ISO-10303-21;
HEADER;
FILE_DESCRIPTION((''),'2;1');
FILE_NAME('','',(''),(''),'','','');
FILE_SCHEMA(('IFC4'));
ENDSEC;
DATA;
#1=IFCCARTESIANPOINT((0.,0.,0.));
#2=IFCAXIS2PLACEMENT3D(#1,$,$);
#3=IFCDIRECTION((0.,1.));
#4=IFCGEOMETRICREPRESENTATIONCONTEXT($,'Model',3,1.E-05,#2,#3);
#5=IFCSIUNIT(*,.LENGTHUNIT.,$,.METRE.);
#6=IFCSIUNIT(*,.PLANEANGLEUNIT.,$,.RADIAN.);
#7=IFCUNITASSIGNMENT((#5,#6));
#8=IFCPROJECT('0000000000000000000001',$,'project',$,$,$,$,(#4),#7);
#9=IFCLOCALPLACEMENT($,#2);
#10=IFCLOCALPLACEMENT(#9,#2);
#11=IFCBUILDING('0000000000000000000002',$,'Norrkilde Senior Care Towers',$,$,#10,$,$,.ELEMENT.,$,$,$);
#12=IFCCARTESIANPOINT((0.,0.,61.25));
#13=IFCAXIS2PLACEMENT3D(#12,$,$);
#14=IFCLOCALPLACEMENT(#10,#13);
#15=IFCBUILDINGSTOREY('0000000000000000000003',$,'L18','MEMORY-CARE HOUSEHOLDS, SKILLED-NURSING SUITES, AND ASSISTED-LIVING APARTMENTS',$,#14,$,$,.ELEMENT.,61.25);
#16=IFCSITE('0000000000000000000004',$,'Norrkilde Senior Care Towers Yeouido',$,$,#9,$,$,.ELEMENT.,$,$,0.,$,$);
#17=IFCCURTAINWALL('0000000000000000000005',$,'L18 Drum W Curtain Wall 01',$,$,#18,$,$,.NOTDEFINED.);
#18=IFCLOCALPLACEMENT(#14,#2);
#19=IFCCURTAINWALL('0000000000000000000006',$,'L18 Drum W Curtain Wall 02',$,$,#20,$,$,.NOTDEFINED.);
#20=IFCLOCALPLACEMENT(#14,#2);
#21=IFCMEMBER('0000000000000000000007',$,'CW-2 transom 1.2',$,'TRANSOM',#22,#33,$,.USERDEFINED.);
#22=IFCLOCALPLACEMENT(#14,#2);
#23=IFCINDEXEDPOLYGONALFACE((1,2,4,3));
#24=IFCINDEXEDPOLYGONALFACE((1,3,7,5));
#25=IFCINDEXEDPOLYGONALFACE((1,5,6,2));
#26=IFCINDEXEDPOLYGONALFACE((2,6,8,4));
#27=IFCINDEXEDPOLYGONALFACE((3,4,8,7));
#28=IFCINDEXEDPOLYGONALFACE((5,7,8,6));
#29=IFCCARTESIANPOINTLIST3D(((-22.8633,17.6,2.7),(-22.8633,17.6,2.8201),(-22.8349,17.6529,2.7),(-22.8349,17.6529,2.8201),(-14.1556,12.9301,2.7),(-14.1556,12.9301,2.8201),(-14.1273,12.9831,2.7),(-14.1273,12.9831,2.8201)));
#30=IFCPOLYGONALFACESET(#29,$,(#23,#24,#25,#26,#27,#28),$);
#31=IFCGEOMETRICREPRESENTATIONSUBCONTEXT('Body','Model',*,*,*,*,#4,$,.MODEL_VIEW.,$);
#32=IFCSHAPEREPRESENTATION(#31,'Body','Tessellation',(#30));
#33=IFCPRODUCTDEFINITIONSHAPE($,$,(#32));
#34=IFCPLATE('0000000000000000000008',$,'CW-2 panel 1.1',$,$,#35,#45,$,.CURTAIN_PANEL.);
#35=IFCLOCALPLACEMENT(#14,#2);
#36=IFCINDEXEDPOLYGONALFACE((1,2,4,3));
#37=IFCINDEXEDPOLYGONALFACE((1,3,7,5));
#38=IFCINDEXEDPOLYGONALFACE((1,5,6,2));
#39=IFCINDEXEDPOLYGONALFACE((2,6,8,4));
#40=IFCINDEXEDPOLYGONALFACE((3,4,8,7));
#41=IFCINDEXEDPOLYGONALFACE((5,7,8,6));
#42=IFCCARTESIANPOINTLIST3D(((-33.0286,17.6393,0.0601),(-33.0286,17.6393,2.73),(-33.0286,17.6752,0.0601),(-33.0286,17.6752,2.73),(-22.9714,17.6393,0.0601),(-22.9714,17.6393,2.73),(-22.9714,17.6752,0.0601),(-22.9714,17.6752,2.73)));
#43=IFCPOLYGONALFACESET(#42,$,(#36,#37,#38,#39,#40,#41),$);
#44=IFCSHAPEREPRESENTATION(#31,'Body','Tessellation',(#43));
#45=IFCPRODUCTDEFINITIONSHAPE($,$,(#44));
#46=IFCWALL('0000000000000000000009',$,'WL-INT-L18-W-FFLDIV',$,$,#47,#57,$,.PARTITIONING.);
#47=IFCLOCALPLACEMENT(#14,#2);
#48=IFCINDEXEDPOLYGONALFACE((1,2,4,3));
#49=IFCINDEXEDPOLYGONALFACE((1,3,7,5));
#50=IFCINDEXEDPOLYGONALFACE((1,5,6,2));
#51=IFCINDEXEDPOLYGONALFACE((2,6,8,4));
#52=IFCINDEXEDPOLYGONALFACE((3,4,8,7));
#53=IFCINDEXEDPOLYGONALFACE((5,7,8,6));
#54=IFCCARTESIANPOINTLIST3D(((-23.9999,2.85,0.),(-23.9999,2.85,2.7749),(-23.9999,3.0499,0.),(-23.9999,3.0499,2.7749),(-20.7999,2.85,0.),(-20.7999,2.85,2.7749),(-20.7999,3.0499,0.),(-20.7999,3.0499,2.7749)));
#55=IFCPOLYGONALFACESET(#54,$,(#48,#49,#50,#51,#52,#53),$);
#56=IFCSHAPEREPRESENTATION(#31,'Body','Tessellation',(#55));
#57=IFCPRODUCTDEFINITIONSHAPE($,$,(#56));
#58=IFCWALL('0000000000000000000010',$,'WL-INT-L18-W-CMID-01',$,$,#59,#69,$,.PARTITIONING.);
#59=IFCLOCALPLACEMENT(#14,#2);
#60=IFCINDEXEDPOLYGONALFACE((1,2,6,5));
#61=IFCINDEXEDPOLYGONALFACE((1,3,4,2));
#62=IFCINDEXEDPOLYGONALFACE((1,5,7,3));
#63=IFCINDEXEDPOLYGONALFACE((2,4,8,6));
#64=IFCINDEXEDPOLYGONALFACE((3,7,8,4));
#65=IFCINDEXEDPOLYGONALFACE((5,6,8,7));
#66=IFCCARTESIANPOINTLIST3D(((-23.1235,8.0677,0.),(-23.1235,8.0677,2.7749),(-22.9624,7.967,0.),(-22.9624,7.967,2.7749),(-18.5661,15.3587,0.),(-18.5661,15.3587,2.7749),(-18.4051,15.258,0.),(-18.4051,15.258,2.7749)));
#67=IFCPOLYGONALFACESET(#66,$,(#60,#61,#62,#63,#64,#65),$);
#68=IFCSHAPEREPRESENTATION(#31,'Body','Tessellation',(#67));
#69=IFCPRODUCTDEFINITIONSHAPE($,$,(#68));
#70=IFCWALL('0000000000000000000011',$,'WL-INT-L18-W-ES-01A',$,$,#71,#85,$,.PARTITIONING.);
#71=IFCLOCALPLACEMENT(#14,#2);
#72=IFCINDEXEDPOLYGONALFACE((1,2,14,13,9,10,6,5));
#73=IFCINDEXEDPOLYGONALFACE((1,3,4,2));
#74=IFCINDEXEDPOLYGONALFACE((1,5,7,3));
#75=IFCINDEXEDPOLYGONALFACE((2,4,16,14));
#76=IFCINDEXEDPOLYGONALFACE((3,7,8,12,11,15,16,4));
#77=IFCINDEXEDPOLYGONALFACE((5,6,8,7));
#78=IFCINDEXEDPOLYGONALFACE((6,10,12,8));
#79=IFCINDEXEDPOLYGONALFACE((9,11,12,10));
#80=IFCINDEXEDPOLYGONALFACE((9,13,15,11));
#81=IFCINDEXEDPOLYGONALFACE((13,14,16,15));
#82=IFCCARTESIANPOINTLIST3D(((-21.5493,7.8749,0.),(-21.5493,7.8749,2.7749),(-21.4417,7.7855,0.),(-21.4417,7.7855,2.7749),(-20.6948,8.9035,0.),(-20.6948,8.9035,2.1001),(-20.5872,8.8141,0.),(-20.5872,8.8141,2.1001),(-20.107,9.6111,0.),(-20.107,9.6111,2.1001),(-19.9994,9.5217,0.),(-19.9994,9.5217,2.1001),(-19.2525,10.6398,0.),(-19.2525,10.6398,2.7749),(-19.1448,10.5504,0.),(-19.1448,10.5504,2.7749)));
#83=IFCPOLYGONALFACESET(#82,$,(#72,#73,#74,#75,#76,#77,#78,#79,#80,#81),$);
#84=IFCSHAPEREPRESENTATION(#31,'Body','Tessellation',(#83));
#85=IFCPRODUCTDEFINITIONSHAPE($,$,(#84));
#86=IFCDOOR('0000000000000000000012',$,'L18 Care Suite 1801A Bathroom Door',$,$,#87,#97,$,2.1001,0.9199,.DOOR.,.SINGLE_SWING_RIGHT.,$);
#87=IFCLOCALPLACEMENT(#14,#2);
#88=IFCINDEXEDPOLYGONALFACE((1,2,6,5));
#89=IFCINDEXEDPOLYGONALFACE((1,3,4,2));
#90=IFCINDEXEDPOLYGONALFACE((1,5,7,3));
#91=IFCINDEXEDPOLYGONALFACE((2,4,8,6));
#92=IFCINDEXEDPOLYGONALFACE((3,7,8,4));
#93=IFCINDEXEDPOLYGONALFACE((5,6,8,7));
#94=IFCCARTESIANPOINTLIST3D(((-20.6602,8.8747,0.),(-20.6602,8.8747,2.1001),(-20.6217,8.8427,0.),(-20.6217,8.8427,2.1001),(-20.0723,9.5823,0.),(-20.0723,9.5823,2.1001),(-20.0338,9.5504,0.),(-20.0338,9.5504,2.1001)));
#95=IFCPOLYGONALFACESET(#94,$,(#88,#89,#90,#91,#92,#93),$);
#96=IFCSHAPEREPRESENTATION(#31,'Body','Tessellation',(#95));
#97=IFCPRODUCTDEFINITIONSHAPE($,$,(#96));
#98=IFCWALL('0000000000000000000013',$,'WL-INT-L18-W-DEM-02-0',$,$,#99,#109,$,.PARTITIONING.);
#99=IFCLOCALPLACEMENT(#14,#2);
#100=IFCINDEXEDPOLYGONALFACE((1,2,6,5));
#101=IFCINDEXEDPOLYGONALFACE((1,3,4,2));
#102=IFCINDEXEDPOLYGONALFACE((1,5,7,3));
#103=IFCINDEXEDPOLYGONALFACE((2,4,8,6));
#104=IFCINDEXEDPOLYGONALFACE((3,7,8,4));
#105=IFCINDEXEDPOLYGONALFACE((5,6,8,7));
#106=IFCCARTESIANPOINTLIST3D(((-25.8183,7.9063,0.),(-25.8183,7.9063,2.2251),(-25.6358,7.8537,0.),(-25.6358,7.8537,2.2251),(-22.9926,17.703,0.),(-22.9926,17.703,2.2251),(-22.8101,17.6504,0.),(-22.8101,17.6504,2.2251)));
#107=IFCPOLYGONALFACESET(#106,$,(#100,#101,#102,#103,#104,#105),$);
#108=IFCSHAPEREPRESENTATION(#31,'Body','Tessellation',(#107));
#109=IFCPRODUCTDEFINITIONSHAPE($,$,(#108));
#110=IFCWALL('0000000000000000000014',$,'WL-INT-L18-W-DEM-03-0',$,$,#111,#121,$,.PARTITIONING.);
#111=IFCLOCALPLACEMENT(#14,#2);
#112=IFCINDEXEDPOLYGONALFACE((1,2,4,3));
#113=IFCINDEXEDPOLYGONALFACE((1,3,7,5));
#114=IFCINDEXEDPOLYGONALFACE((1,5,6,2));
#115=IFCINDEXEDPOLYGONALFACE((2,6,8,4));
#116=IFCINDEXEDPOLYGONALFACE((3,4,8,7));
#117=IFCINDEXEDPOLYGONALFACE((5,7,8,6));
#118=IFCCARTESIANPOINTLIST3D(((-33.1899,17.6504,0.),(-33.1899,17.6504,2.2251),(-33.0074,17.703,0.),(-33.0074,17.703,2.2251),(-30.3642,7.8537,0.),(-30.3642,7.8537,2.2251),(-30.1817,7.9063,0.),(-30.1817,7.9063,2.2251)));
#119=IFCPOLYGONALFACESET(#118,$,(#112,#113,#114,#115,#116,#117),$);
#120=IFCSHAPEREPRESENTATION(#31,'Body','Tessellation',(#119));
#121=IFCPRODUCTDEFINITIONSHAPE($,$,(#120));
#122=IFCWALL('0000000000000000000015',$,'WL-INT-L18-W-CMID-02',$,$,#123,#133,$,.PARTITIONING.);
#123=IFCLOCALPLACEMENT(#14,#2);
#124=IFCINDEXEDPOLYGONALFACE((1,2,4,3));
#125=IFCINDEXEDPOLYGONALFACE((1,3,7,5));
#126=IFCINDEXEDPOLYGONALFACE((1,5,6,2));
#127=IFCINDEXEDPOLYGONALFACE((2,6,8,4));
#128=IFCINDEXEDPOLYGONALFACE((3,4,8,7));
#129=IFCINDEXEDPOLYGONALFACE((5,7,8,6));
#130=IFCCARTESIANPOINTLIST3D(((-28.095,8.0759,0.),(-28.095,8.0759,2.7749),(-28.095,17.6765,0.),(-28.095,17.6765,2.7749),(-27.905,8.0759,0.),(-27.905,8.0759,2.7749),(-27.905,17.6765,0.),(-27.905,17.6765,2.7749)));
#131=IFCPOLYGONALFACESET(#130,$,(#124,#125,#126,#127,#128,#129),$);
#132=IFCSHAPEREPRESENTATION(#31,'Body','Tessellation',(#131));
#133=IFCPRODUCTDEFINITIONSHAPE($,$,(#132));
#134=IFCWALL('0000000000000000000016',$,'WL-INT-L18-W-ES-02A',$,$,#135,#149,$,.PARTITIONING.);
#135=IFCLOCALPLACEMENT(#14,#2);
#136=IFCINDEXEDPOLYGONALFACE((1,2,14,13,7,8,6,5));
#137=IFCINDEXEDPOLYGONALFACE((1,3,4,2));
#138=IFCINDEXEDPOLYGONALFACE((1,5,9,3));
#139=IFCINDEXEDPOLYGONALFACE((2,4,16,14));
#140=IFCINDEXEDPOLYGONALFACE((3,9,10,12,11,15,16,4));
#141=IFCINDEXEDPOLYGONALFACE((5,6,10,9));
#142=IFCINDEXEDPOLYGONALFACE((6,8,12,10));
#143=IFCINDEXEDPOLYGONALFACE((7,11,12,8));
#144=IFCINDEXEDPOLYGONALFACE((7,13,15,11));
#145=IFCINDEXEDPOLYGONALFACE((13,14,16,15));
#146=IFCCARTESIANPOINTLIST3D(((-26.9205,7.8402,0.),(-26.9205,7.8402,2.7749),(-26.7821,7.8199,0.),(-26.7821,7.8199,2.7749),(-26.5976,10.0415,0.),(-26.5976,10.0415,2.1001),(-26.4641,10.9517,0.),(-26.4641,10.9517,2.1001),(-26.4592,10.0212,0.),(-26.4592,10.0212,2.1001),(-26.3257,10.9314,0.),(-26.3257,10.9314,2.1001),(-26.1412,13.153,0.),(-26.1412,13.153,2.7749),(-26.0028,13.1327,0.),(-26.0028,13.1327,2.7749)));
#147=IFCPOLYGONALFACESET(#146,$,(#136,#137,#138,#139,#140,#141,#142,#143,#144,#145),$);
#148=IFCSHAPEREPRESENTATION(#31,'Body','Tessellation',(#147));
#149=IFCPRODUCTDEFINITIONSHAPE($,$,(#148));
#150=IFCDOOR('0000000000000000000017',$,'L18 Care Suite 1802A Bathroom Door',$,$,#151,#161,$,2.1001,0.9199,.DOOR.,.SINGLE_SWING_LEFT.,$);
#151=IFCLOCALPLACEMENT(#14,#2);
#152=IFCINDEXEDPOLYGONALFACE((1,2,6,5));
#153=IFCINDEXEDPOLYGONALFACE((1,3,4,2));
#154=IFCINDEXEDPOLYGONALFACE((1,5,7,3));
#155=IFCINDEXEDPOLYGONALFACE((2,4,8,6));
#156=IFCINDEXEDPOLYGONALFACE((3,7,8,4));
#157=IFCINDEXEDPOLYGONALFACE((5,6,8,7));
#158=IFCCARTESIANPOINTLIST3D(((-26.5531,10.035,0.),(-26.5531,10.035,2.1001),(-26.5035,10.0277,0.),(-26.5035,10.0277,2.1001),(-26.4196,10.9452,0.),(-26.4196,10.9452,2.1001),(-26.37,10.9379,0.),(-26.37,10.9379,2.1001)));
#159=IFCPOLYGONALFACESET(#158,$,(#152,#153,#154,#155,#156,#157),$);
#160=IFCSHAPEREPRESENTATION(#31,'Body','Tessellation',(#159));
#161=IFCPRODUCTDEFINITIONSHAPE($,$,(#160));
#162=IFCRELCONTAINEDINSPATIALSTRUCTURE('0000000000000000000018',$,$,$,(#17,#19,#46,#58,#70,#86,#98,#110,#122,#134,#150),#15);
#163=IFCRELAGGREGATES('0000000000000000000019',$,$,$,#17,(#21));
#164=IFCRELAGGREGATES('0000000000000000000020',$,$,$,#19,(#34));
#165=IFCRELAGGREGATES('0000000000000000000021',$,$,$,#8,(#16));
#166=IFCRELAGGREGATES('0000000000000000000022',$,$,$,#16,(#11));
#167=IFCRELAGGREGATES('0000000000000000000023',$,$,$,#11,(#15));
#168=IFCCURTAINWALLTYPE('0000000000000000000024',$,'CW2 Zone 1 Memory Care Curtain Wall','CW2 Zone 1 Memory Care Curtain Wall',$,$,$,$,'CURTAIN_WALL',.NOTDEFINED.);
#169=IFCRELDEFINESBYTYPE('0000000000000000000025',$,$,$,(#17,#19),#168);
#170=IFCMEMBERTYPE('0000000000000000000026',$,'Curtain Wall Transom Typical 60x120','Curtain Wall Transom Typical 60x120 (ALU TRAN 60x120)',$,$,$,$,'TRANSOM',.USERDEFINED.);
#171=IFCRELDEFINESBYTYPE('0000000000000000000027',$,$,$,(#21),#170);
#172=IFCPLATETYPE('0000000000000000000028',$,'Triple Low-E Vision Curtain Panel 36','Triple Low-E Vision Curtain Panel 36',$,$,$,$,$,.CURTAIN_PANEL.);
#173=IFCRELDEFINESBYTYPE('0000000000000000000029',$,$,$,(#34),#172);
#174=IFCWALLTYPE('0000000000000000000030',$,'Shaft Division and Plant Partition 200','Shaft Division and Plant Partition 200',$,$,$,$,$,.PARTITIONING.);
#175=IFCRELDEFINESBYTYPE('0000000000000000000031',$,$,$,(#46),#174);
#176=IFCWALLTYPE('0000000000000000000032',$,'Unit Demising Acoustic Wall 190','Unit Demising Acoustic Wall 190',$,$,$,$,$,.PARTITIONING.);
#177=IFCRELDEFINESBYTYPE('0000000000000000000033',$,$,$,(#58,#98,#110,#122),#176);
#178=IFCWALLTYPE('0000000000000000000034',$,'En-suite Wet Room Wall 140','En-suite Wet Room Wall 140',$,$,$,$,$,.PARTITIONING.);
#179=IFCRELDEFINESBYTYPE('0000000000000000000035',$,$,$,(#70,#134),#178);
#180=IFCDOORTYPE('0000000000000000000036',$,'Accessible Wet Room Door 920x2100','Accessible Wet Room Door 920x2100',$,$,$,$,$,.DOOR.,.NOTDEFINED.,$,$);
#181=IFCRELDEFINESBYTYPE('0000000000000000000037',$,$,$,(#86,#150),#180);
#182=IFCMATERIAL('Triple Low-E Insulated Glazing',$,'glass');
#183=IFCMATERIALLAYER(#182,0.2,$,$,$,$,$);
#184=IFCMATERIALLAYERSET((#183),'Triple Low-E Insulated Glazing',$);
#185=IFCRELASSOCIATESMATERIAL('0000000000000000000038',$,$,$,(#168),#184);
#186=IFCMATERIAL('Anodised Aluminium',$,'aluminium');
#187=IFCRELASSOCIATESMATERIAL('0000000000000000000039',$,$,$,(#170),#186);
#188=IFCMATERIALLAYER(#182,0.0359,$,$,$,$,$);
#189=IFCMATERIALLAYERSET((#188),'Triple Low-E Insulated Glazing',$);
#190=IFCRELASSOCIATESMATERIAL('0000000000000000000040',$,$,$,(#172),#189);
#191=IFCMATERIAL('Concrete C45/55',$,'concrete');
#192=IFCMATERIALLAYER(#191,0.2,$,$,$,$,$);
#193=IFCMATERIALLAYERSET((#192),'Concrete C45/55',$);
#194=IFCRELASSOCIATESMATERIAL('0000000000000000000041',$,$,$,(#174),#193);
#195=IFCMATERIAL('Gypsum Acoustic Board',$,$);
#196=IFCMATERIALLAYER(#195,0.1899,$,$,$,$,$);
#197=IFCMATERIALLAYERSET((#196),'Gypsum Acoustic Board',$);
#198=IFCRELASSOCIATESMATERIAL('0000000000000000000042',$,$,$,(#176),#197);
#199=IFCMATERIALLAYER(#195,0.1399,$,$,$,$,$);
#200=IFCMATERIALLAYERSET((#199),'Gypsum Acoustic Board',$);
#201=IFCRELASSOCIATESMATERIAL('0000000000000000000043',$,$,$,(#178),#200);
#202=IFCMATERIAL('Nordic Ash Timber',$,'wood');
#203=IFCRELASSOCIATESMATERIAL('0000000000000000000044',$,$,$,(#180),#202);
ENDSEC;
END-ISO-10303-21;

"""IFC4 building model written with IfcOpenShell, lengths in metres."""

from ifc_helpers import new_model, si_unit, direction, frame, frame_2d, origin, origin_2d, place, context, subcontext, project, spatial, rectangle, extrude, source, transform, mapped, material, layer, layer_set, material_profile, profile_set, type_object, type_shapes, element, fill, aggregate, save


model = new_model("IFC4")

# Units and contexts
model_context = context("Model", 3, precision=1e-05, world=origin(), true_north=direction((0.0, 1.0)))
body_context = subcontext(model_context, "Body", "Model", "MODEL_VIEW")
ifc_project = project(units=[si_unit("LENGTHUNIT", "METRE"), si_unit("PLANEANGLEUNIT", "RADIAN")], contexts=[model_context])

# Site, building, storey
site_placement = place(None, origin())
site = spatial("IfcSite", under=ifc_project, at=site_placement, Name="Norrkilde Senior Care Towers Yeouido", CompositionType="ELEMENT", RefElevation=0.0)
building_placement = place(site_placement, origin())
building = spatial("IfcBuilding", under=site, at=building_placement, Name="Norrkilde Senior Care Towers", CompositionType="ELEMENT")
storey_placement = place(building_placement, frame((0.0, 0.0, 61.25)))
storey = spatial("IfcBuildingStorey", under=building, at=storey_placement, Name="L18", Description="MEMORY-CARE HOUSEHOLDS, SKILLED-NURSING SUITES, AND ASSISTED-LIVING APARTMENTS", CompositionType="ELEMENT", Elevation=61.25)

# Curtain walls
ifc_material_1 = material(Name="Triple Low-E Insulated Glazing", Category="glass")
ifc_layer_1 = layer(ifc_material_1, 0.2)
ifc_layer_set_1 = layer_set([ifc_layer_1], Name="Triple Low-E Insulated Glazing")
curtain_wall_type = type_object("IfcCurtainWallType", Name="CW2 Zone 1 Memory Care Curtain Wall", Description="CW2 Zone 1 Memory Care Curtain Wall", ElementType="CURTAIN_WALL", PredefinedType="NOTDEFINED", material=ifc_layer_set_1)
curtain_wall_1_placement = place(storey_placement, origin())
curtain_wall_1 = element("IfcCurtainWall", 1, at=curtain_wall_1_placement, inside=storey, type_object=curtain_wall_type, Name="L18 Drum W Curtain Wall 01", PredefinedType="NOTDEFINED")
ifc_material_2 = material(Name="Anodised Aluminium", Category="aluminium")
curtain_wall_2_placement = place(storey_placement, origin())
curtain_wall_2 = element("IfcCurtainWall", 2, at=curtain_wall_2_placement, inside=storey, type_object=curtain_wall_type, Name="L18 Drum W Curtain Wall 02", PredefinedType="NOTDEFINED")

# Member
ifc_material_profile_1 = material_profile(ifc_material_2, rectangle(XDim=0.0601, YDim=0.1201, at=origin_2d()), Name="ALU TRAN 60x120")
ifc_profile_set_1 = profile_set([ifc_material_profile_1], Name="Anodised Aluminium")
member_type_1 = type_object("IfcMemberType", Name="Curtain Wall Transom Typical 60x120", Description="Curtain Wall Transom Typical 60x120 (ALU TRAN 60x120)", ElementType="TRANSOM", PredefinedType="USERDEFINED", material=ifc_profile_set_1)
shared_shape_1 = source(origin(), body_context, "Body", "SweptSolid", [
    extrude(rectangle(XDim=0.0601, YDim=0.1201, at=origin_2d()), origin(), (0.0, 0.0, 1.0), 9.8809),
])
type_shapes(member_type_1, [shared_shape_1])
member_1_placement = place(storey_placement, frame((-22.8491, 17.6265, 2.76), z_axis=(0.881267, -0.472618, 0.0), x_axis=(0.472618, 0.881267, 0.0)))
member_1 = element("IfcMember", 3, at=member_1_placement, type_object=member_type_1, Name="CW-2 transom 1.2", ObjectType="TRANSOM", PredefinedType="USERDEFINED", context=body_context, shape_type="MappedRepresentation", body=[
    mapped(shared_shape_1, transform((0.0, 0.0, 0.0), x_axis=(1.0, 0.0, 0.0), y_axis=(0.0, 1.0, 0.0), z_axis=(0.0, 0.0, 1.0), scale=1.0)),
])
aggregate(curtain_wall_1, [member_1])

# Plate
ifc_layer_2 = layer(ifc_material_1, 0.0359)
ifc_layer_set_2 = layer_set([ifc_layer_2], Name="Triple Low-E Insulated Glazing")
plate_type = type_object("IfcPlateType", Name="Triple Low-E Vision Curtain Panel 36", Description="Triple Low-E Vision Curtain Panel 36", PredefinedType="CURTAIN_PANEL", material=ifc_layer_set_2)
shared_shape_2 = source(origin(), body_context, "Body", "SweptSolid", [
    extrude(rectangle(XDim=10.0571, YDim=0.0359, at=origin_2d()), origin(), (0.0, 0.0, 1.0), 2.6699),
])
type_shapes(plate_type, [shared_shape_2])
plate_placement = place(storey_placement, frame((-28.0, 17.6572, 0.0601), z_axis=(0.0, 0.0, 1.0), x_axis=(1.0, 0.0, 0.0)))
plate = element("IfcPlate", 4, at=plate_placement, type_object=plate_type, Name="CW-2 panel 1.1", PredefinedType="CURTAIN_PANEL", context=body_context, shape_type="MappedRepresentation", body=[
    mapped(shared_shape_2, transform((0.0, 0.0, 0.0), x_axis=(1.0, 0.0, 0.0), y_axis=(0.0, 1.0, 0.0), z_axis=(0.0, 0.0, 1.0), scale=1.0)),
])
aggregate(curtain_wall_2, [plate])

# Walls
ifc_material_3 = material(Name="Concrete C45/55", Category="concrete")
ifc_layer_3 = layer(ifc_material_3, 0.2)
ifc_layer_set_3 = layer_set([ifc_layer_3], Name="Concrete C45/55")
wall_type_1 = type_object("IfcWallType", Name="Shaft Division and Plant Partition 200", Description="Shaft Division and Plant Partition 200", PredefinedType="PARTITIONING", material=ifc_layer_set_3)
shared_shape_3 = source(origin(), body_context, "Body", "SweptSolid", [
    extrude(rectangle(XDim=3.2, YDim=0.2, at=frame_2d((1.6001, 0.0))), origin(), (0.0, 0.0, 1.0), 2.7749),
])
type_shapes(wall_type_1, [shared_shape_3])
wall_1_placement = place(storey_placement, frame((-24.0, 2.95, 0.0), z_axis=(0.0, 0.0, 1.0), x_axis=(1.0, 0.0, 0.0)))
element("IfcWall", 5, at=wall_1_placement, inside=storey, type_object=wall_type_1, Name="WL-INT-L18-W-FFLDIV", PredefinedType="PARTITIONING", context=body_context, shape_type="MappedRepresentation", body=[
    mapped(shared_shape_3, transform((0.0, 0.0, 0.0), x_axis=(1.0, 0.0, 0.0), y_axis=(0.0, 1.0, 0.0), z_axis=(0.0, 0.0, 1.0), scale=1.0)),
])
ifc_material_4 = material(Name="Gypsum Acoustic Board")
ifc_layer_4 = layer(ifc_material_4, 0.1899)
ifc_layer_set_4 = layer_set([ifc_layer_4], Name="Gypsum Acoustic Board")
wall_type_2 = type_object("IfcWallType", Name="Unit Demising Acoustic Wall 190", Description="Unit Demising Acoustic Wall 190", PredefinedType="PARTITIONING", material=ifc_layer_set_4)
shared_shape_4 = source(origin(), body_context, "Body", "SweptSolid", [
    extrude(rectangle(XDim=8.5981, YDim=0.1899, at=frame_2d((4.2991, 0.0))), origin(), (0.0, 0.0, 1.0), 2.7749),
])
wall_2_placement = place(storey_placement, frame((-23.043, 8.0173, 0.0), z_axis=(0.0, 0.0, 1.0), x_axis=(0.53004, 0.847973, 0.0)))
element("IfcWall", 6, at=wall_2_placement, inside=storey, type_object=wall_type_2, Name="WL-INT-L18-W-CMID-01", PredefinedType="PARTITIONING", context=body_context, shape_type="MappedRepresentation", body=[
    mapped(shared_shape_4, transform((0.0, 0.0, 0.0), x_axis=(1.0, 0.0, 0.0), y_axis=(0.0, 1.0, 0.0), z_axis=(0.0, 0.0, 1.0), scale=1.0)),
])

# Wall, opening, door
ifc_layer_5 = layer(ifc_material_4, 0.1399)
ifc_layer_set_5 = layer_set([ifc_layer_5], Name="Gypsum Acoustic Board")
wall_type_3 = type_object("IfcWallType", Name="En-suite Wet Room Wall 140", Description="En-suite Wet Room Wall 140", PredefinedType="PARTITIONING", material=ifc_layer_set_5)
shared_shape_5 = source(origin(), body_context, "Body", "SweptSolid", [
    extrude(rectangle(XDim=3.5945, YDim=0.1399, at=frame_2d((1.7974, 0.0))), origin(), (0.0, 0.0, 1.0), 2.7749),
])
wall_3_placement = place(storey_placement, frame((-21.4956, 7.8301, 0.0), z_axis=(0.0, 0.0, 1.0), x_axis=(0.639001, 0.769206, 0.0)))
wall_3 = element("IfcWall", 7, at=wall_3_placement, inside=storey, type_object=wall_type_3, Name="WL-INT-L18-W-ES-01A", PredefinedType="PARTITIONING", context=body_context, shape_type="MappedRepresentation", body=[
    mapped(shared_shape_5, transform((0.0, 0.0, 0.0), x_axis=(1.0, 0.0, 0.0), y_axis=(0.0, 1.0, 0.0), z_axis=(0.0, 0.0, 1.0), scale=1.0)),
])
opening_1_placement = place(wall_3_placement, frame((1.3374, 0.0, 0.0)))
opening_1 = element("IfcOpeningElement", 8, at=opening_1_placement, cuts=wall_3, PredefinedType="OPENING", context=body_context, shape_type="SweptSolid", body=[
    extrude(rectangle(XDim=0.9199, YDim=2.1001, at=frame_2d((0.46, 1.05))), frame((0.0, 0.0798, 0.0), z_axis=(0.0, -1.0, 0.0), x_axis=(1.0, 0.0, 0.0)), (0.0, 0.0, 1.0), 0.1599),
])
ifc_material_5 = material(Name="Nordic Ash Timber", Category="wood")
door_type_1 = type_object("IfcDoorType", Name="Accessible Wet Room Door 920x2100", Description="Accessible Wet Room Door 920x2100", OperationType="NOTDEFINED", PredefinedType="DOOR", material=ifc_material_5)
shared_shape_6 = source(origin(), body_context, "Body", "SweptSolid", [
    extrude(rectangle(XDim=0.9199, YDim=2.1001, at=frame_2d((0.46, 1.05))), frame((0.0, 0.0249, 0.0), z_axis=(0.0, -1.0, 0.0), x_axis=(1.0, 0.0, 0.0)), (0.0, 0.0, 1.0), 0.05),
])
type_shapes(door_type_1, [shared_shape_6])
door_1_placement = place(opening_1_placement, origin())
door_1 = element("IfcDoor", 9, at=door_1_placement, inside=storey, type_object=door_type_1, Name="L18 Care Suite 1801A Bathroom Door", OperationType="SINGLE_SWING_RIGHT", OverallHeight=2.1001, OverallWidth=0.9199, PredefinedType="DOOR", context=body_context, shape_type="MappedRepresentation", body=[
    mapped(shared_shape_6, transform((0.0, 0.0, 0.0), x_axis=(1.0, 0.0, 0.0), y_axis=(0.0, 1.0, 0.0), z_axis=(0.0, 0.0, 1.0), scale=1.0)),
])
fill(opening_1, door_1)

# Walls
shared_shape_7 = source(origin(), body_context, "Body", "SweptSolid", [
    extrude(rectangle(XDim=10.196, YDim=0.1899, at=frame_2d((5.0981, 0.0))), origin(), (0.0, 0.0, 1.0), 2.2251),
])
for number, where, z_axis, x_axis, name in (
    (10, (-25.7271, 7.8799, 0.0), (0.0, 0.0, 1.0), (0.277136, 0.960831, 0.0), "WL-INT-L18-W-DEM-02-0"),
    (11, (-30.2729, 7.8799, 0.0), (0.0, 0.0, 1.0), (-0.277136, 0.960831, 0.0), "WL-INT-L18-W-DEM-03-0"),
):
    element("IfcWall", number, at=place(storey_placement, frame(where, z_axis=z_axis, x_axis=x_axis)), inside=storey, type_object=wall_type_2, Name=name, PredefinedType="PARTITIONING", context=body_context, shape_type="MappedRepresentation", body=[
        mapped(shared_shape_7, transform((0.0, 0.0, 0.0), x_axis=(1.0, 0.0, 0.0), y_axis=(0.0, 1.0, 0.0), z_axis=(0.0, 0.0, 1.0), scale=1.0)),
    ])
shared_shape_8 = source(origin(), body_context, "Body", "SweptSolid", [
    extrude(rectangle(XDim=9.6006, YDim=0.1899, at=frame_2d((4.8003, 0.0))), origin(), (0.0, 0.0, 1.0), 2.7749),
])
type_shapes(wall_type_2, [shared_shape_4, shared_shape_7, shared_shape_8])
wall_4_placement = place(storey_placement, frame((-28.0, 8.0759, 0.0), z_axis=(0.0, 0.0, 1.0), x_axis=(0.0, 1.0, 0.0)))
element("IfcWall", 12, at=wall_4_placement, inside=storey, type_object=wall_type_2, Name="WL-INT-L18-W-CMID-02", PredefinedType="PARTITIONING", context=body_context, shape_type="MappedRepresentation", body=[
    mapped(shared_shape_8, transform((0.0, 0.0, 0.0), x_axis=(1.0, 0.0, 0.0), y_axis=(0.0, 1.0, 0.0), z_axis=(0.0, 0.0, 1.0), scale=1.0)),
])

# Wall, opening, door
shared_shape_9 = source(origin(), body_context, "Body", "SweptSolid", [
    extrude(rectangle(XDim=5.3696, YDim=0.1399, at=frame_2d((2.6848, 0.0))), origin(), (0.0, 0.0, 1.0), 2.7749),
])
wall_5_placement = place(storey_placement, frame((-26.8513, 7.8301, 0.0), z_axis=(0.0, 0.0, 1.0), x_axis=(0.145131, 0.989412, 0.0)))
wall_5 = element("IfcWall", 13, at=wall_5_placement, inside=storey, type_object=wall_type_3, Name="WL-INT-L18-W-ES-02A", PredefinedType="PARTITIONING", context=body_context, shape_type="MappedRepresentation", body=[
    mapped(shared_shape_9, transform((0.0, 0.0, 0.0), x_axis=(1.0, 0.0, 0.0), y_axis=(0.0, 1.0, 0.0), z_axis=(0.0, 0.0, 1.0), scale=1.0)),
])
opening_2_placement = place(wall_5_placement, frame((2.2249, 0.0, 0.0)))
opening_2 = element("IfcOpeningElement", 14, at=opening_2_placement, cuts=wall_5, PredefinedType="OPENING", context=body_context, shape_type="SweptSolid", body=[
    extrude(rectangle(XDim=0.9199, YDim=2.1001, at=frame_2d((0.46, 1.05))), frame((0.0, 0.0798, 0.0), z_axis=(0.0, -1.0, 0.0), x_axis=(1.0, 0.0, 0.0)), (0.0, 0.0, 1.0), 0.1599),
])
door_2_placement = place(opening_2_placement, origin())
door_2 = element("IfcDoor", 15, at=door_2_placement, inside=storey, type_object=door_type_1, Name="L18 Care Suite 1802A Bathroom Door", OperationType="SINGLE_SWING_LEFT", OverallHeight=2.1001, OverallWidth=0.9199, PredefinedType="DOOR", context=body_context, shape_type="MappedRepresentation", body=[
    mapped(shared_shape_6, transform((0.0, 0.0, 0.0), x_axis=(1.0, 0.0, 0.0), y_axis=(0.0, 1.0, 0.0), z_axis=(0.0, 0.0, 1.0), scale=1.0)),
])
fill(opening_2, door_2)

save(model, "model.ifc")
